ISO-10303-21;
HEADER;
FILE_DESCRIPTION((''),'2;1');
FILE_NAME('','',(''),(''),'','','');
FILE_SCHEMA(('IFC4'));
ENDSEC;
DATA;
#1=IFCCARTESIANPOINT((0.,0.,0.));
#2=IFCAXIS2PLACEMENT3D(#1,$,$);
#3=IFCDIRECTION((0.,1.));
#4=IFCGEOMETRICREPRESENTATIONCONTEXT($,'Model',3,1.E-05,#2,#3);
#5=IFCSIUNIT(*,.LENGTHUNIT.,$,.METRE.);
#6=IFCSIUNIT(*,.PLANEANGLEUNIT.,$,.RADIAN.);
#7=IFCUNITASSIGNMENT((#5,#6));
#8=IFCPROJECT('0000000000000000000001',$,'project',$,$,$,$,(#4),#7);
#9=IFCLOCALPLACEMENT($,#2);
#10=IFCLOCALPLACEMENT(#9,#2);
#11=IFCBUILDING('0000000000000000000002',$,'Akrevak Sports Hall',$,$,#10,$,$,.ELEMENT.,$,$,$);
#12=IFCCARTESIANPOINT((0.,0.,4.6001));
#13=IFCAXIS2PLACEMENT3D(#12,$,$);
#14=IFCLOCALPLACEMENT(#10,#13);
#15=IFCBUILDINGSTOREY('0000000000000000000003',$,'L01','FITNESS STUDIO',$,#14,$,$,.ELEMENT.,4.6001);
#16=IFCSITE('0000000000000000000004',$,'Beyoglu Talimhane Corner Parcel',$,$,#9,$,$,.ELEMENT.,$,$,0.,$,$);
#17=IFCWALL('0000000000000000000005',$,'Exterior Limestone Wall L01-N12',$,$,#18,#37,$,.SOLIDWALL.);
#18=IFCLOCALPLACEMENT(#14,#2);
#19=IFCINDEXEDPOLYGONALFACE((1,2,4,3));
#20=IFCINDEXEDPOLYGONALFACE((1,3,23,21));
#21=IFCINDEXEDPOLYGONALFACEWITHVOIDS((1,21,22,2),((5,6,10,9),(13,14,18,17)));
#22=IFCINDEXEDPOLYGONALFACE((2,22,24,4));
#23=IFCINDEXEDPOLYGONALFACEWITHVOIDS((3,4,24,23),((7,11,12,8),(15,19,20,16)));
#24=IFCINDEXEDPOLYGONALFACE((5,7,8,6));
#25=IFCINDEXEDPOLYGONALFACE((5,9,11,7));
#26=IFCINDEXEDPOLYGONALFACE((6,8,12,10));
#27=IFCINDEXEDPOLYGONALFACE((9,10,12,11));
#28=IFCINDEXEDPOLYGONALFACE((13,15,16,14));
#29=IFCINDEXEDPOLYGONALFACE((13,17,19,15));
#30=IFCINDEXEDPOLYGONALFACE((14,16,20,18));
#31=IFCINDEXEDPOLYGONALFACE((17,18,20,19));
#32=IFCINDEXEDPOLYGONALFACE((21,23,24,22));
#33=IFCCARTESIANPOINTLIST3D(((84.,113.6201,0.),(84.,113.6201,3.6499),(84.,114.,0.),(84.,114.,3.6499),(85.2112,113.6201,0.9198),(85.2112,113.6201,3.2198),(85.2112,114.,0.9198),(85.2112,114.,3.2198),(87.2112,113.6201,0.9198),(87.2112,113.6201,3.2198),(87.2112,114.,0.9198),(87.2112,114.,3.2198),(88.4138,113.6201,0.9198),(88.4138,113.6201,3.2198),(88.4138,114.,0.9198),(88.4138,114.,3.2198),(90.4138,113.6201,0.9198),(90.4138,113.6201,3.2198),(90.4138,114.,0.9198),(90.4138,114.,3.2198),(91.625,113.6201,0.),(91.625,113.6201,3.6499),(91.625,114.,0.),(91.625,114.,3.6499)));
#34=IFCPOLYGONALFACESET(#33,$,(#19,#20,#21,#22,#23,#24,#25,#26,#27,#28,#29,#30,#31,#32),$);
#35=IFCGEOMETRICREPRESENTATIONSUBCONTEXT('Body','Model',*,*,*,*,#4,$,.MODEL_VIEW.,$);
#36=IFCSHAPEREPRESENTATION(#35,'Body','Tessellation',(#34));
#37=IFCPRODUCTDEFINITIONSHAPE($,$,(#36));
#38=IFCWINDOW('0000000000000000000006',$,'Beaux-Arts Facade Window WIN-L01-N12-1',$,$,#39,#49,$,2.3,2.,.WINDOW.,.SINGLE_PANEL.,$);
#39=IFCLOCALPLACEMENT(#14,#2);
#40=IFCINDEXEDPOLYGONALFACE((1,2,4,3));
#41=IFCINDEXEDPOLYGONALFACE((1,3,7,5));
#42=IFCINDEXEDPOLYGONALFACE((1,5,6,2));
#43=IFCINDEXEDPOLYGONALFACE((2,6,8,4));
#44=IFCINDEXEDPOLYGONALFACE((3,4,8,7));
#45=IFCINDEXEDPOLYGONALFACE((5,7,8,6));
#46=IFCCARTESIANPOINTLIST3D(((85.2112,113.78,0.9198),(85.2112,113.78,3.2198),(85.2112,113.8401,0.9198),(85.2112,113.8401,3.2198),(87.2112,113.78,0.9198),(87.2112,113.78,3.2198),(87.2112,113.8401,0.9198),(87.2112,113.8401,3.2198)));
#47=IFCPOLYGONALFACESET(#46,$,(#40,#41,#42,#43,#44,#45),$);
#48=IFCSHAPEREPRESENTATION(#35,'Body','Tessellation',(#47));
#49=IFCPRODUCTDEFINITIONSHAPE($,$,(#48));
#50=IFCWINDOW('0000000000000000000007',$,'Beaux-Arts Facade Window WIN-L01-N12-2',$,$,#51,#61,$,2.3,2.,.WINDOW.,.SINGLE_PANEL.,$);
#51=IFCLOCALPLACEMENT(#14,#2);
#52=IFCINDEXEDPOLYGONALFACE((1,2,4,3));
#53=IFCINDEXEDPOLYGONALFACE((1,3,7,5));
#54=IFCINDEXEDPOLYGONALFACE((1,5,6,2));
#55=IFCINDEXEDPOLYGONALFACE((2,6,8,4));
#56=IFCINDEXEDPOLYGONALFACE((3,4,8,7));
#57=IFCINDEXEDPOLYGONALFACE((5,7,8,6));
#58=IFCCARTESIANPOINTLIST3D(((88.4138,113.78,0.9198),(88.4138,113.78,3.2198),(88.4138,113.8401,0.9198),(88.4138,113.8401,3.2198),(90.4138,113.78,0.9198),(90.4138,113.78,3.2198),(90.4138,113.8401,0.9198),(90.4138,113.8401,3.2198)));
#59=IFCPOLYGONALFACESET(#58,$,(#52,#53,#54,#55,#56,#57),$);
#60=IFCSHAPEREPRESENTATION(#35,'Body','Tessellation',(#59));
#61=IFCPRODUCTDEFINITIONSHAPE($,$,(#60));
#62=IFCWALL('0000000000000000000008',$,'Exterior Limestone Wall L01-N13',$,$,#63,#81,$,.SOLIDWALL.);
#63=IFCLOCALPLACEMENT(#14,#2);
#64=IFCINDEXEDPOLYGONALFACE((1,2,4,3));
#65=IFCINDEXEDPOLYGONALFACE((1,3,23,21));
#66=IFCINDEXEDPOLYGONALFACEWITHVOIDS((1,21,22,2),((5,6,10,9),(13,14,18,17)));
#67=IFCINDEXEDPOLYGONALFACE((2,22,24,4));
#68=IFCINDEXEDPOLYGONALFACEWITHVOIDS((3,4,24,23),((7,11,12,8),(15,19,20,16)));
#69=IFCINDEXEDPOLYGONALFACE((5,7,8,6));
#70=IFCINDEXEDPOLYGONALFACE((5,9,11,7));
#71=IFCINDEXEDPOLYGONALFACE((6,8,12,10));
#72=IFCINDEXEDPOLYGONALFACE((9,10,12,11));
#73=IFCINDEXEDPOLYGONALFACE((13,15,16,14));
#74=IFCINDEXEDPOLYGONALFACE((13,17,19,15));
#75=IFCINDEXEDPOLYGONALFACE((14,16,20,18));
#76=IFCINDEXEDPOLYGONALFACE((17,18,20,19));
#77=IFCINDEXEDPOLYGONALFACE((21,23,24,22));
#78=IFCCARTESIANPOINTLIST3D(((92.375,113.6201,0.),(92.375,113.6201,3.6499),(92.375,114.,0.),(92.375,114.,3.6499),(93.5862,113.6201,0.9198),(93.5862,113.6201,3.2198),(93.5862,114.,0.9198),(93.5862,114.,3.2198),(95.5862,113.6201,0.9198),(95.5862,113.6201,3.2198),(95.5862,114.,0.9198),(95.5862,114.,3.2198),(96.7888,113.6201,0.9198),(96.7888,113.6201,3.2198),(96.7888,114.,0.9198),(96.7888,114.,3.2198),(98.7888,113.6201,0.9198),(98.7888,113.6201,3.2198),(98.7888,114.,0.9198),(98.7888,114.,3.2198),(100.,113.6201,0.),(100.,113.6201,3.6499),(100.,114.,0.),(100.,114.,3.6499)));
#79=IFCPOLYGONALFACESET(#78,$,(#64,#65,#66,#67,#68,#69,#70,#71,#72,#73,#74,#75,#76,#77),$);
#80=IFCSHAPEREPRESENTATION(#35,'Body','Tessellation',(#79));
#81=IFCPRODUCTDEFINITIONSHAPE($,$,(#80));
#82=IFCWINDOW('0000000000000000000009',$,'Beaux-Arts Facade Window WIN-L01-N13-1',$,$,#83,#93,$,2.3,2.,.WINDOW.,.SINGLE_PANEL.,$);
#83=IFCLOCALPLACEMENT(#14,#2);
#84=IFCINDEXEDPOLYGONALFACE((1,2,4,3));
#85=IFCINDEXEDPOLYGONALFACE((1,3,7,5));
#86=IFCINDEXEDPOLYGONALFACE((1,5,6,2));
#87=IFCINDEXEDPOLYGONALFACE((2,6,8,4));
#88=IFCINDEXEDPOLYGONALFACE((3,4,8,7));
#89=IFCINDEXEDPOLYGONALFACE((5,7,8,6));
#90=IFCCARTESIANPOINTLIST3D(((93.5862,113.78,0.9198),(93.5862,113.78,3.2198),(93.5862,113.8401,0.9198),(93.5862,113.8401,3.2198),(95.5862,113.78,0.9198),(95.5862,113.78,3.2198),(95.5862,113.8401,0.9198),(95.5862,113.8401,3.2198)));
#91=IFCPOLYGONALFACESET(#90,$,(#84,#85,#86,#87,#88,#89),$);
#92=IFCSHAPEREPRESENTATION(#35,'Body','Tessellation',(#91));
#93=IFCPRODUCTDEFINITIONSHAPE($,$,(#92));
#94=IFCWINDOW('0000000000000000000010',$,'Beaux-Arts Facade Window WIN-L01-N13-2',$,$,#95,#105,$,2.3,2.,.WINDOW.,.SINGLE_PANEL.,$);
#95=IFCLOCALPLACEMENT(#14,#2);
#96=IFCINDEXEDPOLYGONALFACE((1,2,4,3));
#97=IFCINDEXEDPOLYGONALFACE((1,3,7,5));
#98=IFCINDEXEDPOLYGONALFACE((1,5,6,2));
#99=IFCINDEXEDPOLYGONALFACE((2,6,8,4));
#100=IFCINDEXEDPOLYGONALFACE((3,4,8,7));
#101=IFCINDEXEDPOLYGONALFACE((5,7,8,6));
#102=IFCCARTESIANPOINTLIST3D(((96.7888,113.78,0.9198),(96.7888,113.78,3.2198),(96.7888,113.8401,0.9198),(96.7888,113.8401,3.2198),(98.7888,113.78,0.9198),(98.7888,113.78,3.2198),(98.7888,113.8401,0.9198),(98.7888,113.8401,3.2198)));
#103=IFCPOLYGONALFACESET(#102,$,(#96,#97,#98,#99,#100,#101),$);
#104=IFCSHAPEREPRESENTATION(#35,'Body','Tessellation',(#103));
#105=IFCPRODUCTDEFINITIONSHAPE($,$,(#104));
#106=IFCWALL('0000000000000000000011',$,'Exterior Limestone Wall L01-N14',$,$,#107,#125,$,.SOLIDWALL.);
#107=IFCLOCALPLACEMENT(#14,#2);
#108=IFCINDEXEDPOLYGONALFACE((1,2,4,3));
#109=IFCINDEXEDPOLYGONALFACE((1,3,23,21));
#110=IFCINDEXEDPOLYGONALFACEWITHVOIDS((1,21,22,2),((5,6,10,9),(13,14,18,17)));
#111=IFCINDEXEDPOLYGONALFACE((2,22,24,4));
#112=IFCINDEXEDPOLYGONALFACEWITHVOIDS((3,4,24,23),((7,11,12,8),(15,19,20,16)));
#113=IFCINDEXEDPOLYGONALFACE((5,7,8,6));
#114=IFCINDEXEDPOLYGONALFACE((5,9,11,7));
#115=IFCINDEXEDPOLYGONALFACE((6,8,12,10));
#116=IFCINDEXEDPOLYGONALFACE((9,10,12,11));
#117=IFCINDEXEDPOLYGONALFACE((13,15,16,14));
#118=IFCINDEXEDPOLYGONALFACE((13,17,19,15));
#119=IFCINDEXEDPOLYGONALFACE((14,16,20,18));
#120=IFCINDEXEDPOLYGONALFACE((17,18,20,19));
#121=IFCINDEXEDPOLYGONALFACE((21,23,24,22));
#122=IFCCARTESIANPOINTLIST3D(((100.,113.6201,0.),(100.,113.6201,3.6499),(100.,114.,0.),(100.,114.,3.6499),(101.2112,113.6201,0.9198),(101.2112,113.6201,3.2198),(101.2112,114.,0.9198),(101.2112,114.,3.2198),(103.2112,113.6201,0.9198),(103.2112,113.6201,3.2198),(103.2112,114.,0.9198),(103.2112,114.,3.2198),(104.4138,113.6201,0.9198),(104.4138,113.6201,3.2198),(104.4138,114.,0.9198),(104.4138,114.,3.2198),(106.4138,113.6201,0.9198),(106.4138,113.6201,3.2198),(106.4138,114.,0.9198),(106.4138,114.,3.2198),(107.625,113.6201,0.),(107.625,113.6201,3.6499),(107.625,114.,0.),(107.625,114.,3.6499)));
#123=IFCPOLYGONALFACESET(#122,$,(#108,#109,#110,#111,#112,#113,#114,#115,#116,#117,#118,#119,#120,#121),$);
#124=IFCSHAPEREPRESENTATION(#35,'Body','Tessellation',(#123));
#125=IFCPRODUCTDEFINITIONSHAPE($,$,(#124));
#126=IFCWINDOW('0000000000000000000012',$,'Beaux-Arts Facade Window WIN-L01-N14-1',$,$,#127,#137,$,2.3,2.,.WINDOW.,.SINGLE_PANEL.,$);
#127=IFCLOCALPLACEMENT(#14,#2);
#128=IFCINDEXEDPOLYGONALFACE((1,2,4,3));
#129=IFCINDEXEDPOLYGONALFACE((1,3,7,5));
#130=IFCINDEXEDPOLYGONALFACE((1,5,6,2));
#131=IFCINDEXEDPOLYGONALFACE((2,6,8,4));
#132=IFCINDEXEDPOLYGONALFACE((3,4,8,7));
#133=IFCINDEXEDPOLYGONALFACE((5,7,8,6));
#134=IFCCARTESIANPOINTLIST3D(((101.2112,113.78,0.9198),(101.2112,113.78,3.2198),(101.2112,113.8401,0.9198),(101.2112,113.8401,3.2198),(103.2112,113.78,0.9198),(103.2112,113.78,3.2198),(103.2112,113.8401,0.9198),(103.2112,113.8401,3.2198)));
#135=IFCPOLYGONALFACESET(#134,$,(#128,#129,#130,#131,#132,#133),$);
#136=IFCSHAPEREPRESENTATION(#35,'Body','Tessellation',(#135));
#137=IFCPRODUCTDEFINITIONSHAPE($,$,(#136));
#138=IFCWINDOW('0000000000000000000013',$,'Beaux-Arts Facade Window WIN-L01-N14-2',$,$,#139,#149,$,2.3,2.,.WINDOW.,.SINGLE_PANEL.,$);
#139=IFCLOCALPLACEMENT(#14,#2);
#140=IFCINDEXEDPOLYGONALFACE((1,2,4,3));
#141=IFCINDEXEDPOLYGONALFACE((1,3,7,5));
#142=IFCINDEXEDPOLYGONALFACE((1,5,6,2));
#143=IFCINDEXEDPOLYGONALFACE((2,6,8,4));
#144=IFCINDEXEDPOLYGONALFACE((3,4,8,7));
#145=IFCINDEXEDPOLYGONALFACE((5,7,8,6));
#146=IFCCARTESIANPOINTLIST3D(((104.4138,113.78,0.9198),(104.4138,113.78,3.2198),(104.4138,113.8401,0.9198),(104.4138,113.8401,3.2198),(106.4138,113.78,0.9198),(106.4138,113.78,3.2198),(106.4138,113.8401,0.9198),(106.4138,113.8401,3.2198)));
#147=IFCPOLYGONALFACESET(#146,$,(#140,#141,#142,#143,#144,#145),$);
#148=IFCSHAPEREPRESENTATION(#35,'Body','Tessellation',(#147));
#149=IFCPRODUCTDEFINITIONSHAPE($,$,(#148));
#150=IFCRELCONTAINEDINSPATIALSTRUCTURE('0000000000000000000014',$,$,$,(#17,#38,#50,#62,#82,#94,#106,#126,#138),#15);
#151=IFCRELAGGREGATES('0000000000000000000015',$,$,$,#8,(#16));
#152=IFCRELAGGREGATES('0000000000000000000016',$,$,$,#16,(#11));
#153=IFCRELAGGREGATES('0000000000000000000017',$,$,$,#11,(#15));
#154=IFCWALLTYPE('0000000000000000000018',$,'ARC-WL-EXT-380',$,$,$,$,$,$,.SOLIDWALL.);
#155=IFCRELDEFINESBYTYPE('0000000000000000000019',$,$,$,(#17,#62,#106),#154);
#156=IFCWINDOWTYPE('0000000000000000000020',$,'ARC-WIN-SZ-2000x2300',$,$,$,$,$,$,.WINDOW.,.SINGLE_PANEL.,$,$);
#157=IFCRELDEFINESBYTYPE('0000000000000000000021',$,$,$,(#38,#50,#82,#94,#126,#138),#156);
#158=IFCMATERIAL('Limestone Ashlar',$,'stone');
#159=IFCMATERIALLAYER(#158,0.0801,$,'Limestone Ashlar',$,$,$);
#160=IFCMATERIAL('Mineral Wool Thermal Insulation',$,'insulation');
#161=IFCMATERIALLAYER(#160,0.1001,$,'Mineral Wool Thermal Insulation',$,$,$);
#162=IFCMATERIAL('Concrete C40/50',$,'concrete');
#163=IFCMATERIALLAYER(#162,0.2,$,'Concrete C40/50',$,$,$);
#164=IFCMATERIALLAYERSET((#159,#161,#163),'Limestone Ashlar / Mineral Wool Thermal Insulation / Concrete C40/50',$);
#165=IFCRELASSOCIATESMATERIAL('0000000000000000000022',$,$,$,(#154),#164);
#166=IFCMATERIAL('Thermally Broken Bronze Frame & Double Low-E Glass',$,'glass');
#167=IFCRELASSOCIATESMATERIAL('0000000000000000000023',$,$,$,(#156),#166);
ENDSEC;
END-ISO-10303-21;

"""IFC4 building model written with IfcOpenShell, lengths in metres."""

from ifc_helpers import new_model, si_unit, direction, frame, frame_2d, origin, place, context, subcontext, project, spatial, rectangle, extrude, material, layer, layer_set, type_object, element, fill, save


model = new_model("IFC4")

# Units and contexts
model_context = context("Model", 3, precision=1e-05, world=origin(), true_north=direction((0.0, 1.0)))
body_context = subcontext(model_context, "Body", "Model", "MODEL_VIEW")
ifc_project = project(units=[si_unit("LENGTHUNIT", "METRE"), si_unit("PLANEANGLEUNIT", "RADIAN")], contexts=[model_context])

# Site, building, storey
site_placement = place(None, origin())
site = spatial("IfcSite", under=ifc_project, at=site_placement, Name="Beyoglu Talimhane Corner Parcel", CompositionType="ELEMENT", RefElevation=0.0)
building_placement = place(site_placement, origin())
building = spatial("IfcBuilding", under=site, at=building_placement, Name="Akrevak Sports Hall", CompositionType="ELEMENT")
storey_placement = place(building_placement, frame((0.0, 0.0, 4.6001)))
storey = spatial("IfcBuildingStorey", under=building, at=storey_placement, Name="L01", Description="FITNESS STUDIO", CompositionType="ELEMENT", Elevation=4.6001)

# Shared definitions
ifc_material_1 = material(Name="Concrete C40/50", Category="concrete")

# Walls, openings, windows
ifc_material_2 = material(Name="Limestone Ashlar", Category="stone")
ifc_layer_1 = layer(ifc_material_2, 0.0801, Name="Limestone Ashlar")
ifc_material_3 = material(Name="Mineral Wool Thermal Insulation", Category="insulation")
ifc_layer_2 = layer(ifc_material_3, 0.1001, Name="Mineral Wool Thermal Insulation")
ifc_layer_3 = layer(ifc_material_1, 0.2, Name="Concrete C40/50")
ifc_layer_set_1 = layer_set([ifc_layer_1, ifc_layer_2, ifc_layer_3], Name="Limestone Ashlar / Mineral Wool Thermal Insulation / Concrete C40/50")
wall_type_1 = type_object("IfcWallType", Name="ARC-WL-EXT-380", PredefinedType="SOLIDWALL", material=ifc_layer_set_1)
ifc_material_4 = material(Name="Thermally Broken Bronze Frame & Double Low-E Glass", Category="glass")
wall_1_placement = place(storey_placement, frame((91.625, 113.8101, 0.0), z_axis=(0.0, 0.0, 1.0), x_axis=(-1.0, 0.0, 0.0)))
wall_1 = element("IfcWall", 1, at=wall_1_placement, inside=storey, type_object=wall_type_1, Name="Exterior Limestone Wall L01-N12", PredefinedType="SOLIDWALL", context=body_context, shape_type="SweptSolid", body=[
    extrude(rectangle(XDim=7.625, YDim=0.3799, at=frame_2d((3.8125, 0.0))), origin(), (0.0, 0.0, 1.0), 3.6499),
])
opening_1_placement = place(wall_1_placement, frame((4.4138, 0.0, 0.9199)))
opening_1 = element("IfcOpeningElement", 2, at=opening_1_placement, cuts=wall_1, PredefinedType="OPENING", context=body_context, shape_type="SweptSolid", body=[
    extrude(rectangle(XDim=2.0, YDim=2.3, at=frame_2d((1.0, 1.1499))), frame((0.0, 0.2019, 0.0), z_axis=(0.0, -1.0, 0.0), x_axis=(1.0, 0.0, 0.0)), (0.0, 0.0, 1.0), 0.4038),
])
opening_2_placement = place(wall_1_placement, frame((1.2112, 0.0, 0.9199)))
opening_2 = element("IfcOpeningElement", 3, at=opening_2_placement, cuts=wall_1, PredefinedType="OPENING", context=body_context, shape_type="SweptSolid", body=[
    extrude(rectangle(XDim=2.0, YDim=2.3, at=frame_2d((1.0, 1.1499))), frame((0.0, 0.2019, 0.0), z_axis=(0.0, -1.0, 0.0), x_axis=(1.0, 0.0, 0.0)), (0.0, 0.0, 1.0), 0.4038),
])
window_type_1 = type_object("IfcWindowType", Name="ARC-WIN-SZ-2000x2300", PartitioningType="SINGLE_PANEL", PredefinedType="WINDOW", material=ifc_material_4)
window_1_placement = place(opening_1_placement, origin())
window_1 = element("IfcWindow", 4, at=window_1_placement, inside=storey, type_object=window_type_1, Name="Beaux-Arts Facade Window WIN-L01-N12-1", OverallHeight=2.3, OverallWidth=2.0, PartitioningType="SINGLE_PANEL", PredefinedType="WINDOW", context=body_context, shape_type="SweptSolid", body=[
    extrude(rectangle(XDim=2.0, YDim=2.3, at=frame_2d((1.0, 1.1499))), frame((0.0, 0.03, 0.0), z_axis=(0.0, -1.0, 0.0), x_axis=(1.0, 0.0, 0.0)), (0.0, 0.0, 1.0), 0.0601),
])
fill(opening_1, window_1)
window_2_placement = place(opening_2_placement, origin())
window_2 = element("IfcWindow", 5, at=window_2_placement, inside=storey, type_object=window_type_1, Name="Beaux-Arts Facade Window WIN-L01-N12-2", OverallHeight=2.3, OverallWidth=2.0, PartitioningType="SINGLE_PANEL", PredefinedType="WINDOW", context=body_context, shape_type="SweptSolid", body=[
    extrude(rectangle(XDim=2.0, YDim=2.3, at=frame_2d((1.0, 1.1499))), frame((0.0, 0.03, 0.0), z_axis=(0.0, -1.0, 0.0), x_axis=(1.0, 0.0, 0.0)), (0.0, 0.0, 1.0), 0.0601),
])
fill(opening_2, window_2)
wall_2_placement = place(storey_placement, frame((100.0, 113.8101, 0.0), z_axis=(0.0, 0.0, 1.0), x_axis=(-1.0, 0.0, 0.0)))
wall_2 = element("IfcWall", 6, at=wall_2_placement, inside=storey, type_object=wall_type_1, Name="Exterior Limestone Wall L01-N13", PredefinedType="SOLIDWALL", context=body_context, shape_type="SweptSolid", body=[
    extrude(rectangle(XDim=7.625, YDim=0.3799, at=frame_2d((3.8125, 0.0))), origin(), (0.0, 0.0, 1.0), 3.6499),
])
opening_3_placement = place(wall_2_placement, frame((4.4138, 0.0, 0.9199)))
opening_3 = element("IfcOpeningElement", 7, at=opening_3_placement, cuts=wall_2, PredefinedType="OPENING", context=body_context, shape_type="SweptSolid", body=[
    extrude(rectangle(XDim=2.0, YDim=2.3, at=frame_2d((1.0, 1.1499))), frame((0.0, 0.2019, 0.0), z_axis=(0.0, -1.0, 0.0), x_axis=(1.0, 0.0, 0.0)), (0.0, 0.0, 1.0), 0.4038),
])
opening_4_placement = place(wall_2_placement, frame((1.2112, 0.0, 0.9199)))
opening_4 = element("IfcOpeningElement", 8, at=opening_4_placement, cuts=wall_2, PredefinedType="OPENING", context=body_context, shape_type="SweptSolid", body=[
    extrude(rectangle(XDim=2.0, YDim=2.3, at=frame_2d((1.0, 1.1499))), frame((0.0, 0.2019, 0.0), z_axis=(0.0, -1.0, 0.0), x_axis=(1.0, 0.0, 0.0)), (0.0, 0.0, 1.0), 0.4038),
])
window_3_placement = place(opening_3_placement, origin())
window_3 = element("IfcWindow", 9, at=window_3_placement, inside=storey, type_object=window_type_1, Name="Beaux-Arts Facade Window WIN-L01-N13-1", OverallHeight=2.3, OverallWidth=2.0, PartitioningType="SINGLE_PANEL", PredefinedType="WINDOW", context=body_context, shape_type="SweptSolid", body=[
    extrude(rectangle(XDim=2.0, YDim=2.3, at=frame_2d((1.0, 1.1499))), frame((0.0, 0.03, 0.0), z_axis=(0.0, -1.0, 0.0), x_axis=(1.0, 0.0, 0.0)), (0.0, 0.0, 1.0), 0.0601),
])
fill(opening_3, window_3)
window_4_placement = place(opening_4_placement, origin())
window_4 = element("IfcWindow", 10, at=window_4_placement, inside=storey, type_object=window_type_1, Name="Beaux-Arts Facade Window WIN-L01-N13-2", OverallHeight=2.3, OverallWidth=2.0, PartitioningType="SINGLE_PANEL", PredefinedType="WINDOW", context=body_context, shape_type="SweptSolid", body=[
    extrude(rectangle(XDim=2.0, YDim=2.3, at=frame_2d((1.0, 1.1499))), frame((0.0, 0.03, 0.0), z_axis=(0.0, -1.0, 0.0), x_axis=(1.0, 0.0, 0.0)), (0.0, 0.0, 1.0), 0.0601),
])
fill(opening_4, window_4)
wall_3_placement = place(storey_placement, frame((107.625, 113.8101, 0.0), z_axis=(0.0, 0.0, 1.0), x_axis=(-1.0, 0.0, 0.0)))
wall_3 = element("IfcWall", 11, at=wall_3_placement, inside=storey, type_object=wall_type_1, Name="Exterior Limestone Wall L01-N14", PredefinedType="SOLIDWALL", context=body_context, shape_type="SweptSolid", body=[
    extrude(rectangle(XDim=7.625, YDim=0.3799, at=frame_2d((3.8125, 0.0))), origin(), (0.0, 0.0, 1.0), 3.6499),
])
opening_5_placement = place(wall_3_placement, frame((4.4138, 0.0, 0.9199)))
opening_5 = element("IfcOpeningElement", 12, at=opening_5_placement, cuts=wall_3, PredefinedType="OPENING", context=body_context, shape_type="SweptSolid", body=[
    extrude(rectangle(XDim=2.0, YDim=2.3, at=frame_2d((1.0, 1.1499))), frame((0.0, 0.2019, 0.0), z_axis=(0.0, -1.0, 0.0), x_axis=(1.0, 0.0, 0.0)), (0.0, 0.0, 1.0), 0.4038),
])
opening_6_placement = place(wall_3_placement, frame((1.2112, 0.0, 0.9199)))
opening_6 = element("IfcOpeningElement", 13, at=opening_6_placement, cuts=wall_3, PredefinedType="OPENING", context=body_context, shape_type="SweptSolid", body=[
    extrude(rectangle(XDim=2.0, YDim=2.3, at=frame_2d((1.0, 1.1499))), frame((0.0, 0.2019, 0.0), z_axis=(0.0, -1.0, 0.0), x_axis=(1.0, 0.0, 0.0)), (0.0, 0.0, 1.0), 0.4038),
])
window_5_placement = place(opening_5_placement, origin())
window_5 = element("IfcWindow", 14, at=window_5_placement, inside=storey, type_object=window_type_1, Name="Beaux-Arts Facade Window WIN-L01-N14-1", OverallHeight=2.3, OverallWidth=2.0, PartitioningType="SINGLE_PANEL", PredefinedType="WINDOW", context=body_context, shape_type="SweptSolid", body=[
    extrude(rectangle(XDim=2.0, YDim=2.3, at=frame_2d((1.0, 1.1499))), frame((0.0, 0.03, 0.0), z_axis=(0.0, -1.0, 0.0), x_axis=(1.0, 0.0, 0.0)), (0.0, 0.0, 1.0), 0.0601),
])
fill(opening_5, window_5)
window_6_placement = place(opening_6_placement, origin())
window_6 = element("IfcWindow", 15, at=window_6_placement, inside=storey, type_object=window_type_1, Name="Beaux-Arts Facade Window WIN-L01-N14-2", OverallHeight=2.3, OverallWidth=2.0, PartitioningType="SINGLE_PANEL", PredefinedType="WINDOW", context=body_context, shape_type="SweptSolid", body=[
    extrude(rectangle(XDim=2.0, YDim=2.3, at=frame_2d((1.0, 1.1499))), frame((0.0, 0.03, 0.0), z_axis=(0.0, -1.0, 0.0), x_axis=(1.0, 0.0, 0.0)), (0.0, 0.0, 1.0), 0.0601),
])
fill(opening_6, window_6)

save(model, "model.ifc")
